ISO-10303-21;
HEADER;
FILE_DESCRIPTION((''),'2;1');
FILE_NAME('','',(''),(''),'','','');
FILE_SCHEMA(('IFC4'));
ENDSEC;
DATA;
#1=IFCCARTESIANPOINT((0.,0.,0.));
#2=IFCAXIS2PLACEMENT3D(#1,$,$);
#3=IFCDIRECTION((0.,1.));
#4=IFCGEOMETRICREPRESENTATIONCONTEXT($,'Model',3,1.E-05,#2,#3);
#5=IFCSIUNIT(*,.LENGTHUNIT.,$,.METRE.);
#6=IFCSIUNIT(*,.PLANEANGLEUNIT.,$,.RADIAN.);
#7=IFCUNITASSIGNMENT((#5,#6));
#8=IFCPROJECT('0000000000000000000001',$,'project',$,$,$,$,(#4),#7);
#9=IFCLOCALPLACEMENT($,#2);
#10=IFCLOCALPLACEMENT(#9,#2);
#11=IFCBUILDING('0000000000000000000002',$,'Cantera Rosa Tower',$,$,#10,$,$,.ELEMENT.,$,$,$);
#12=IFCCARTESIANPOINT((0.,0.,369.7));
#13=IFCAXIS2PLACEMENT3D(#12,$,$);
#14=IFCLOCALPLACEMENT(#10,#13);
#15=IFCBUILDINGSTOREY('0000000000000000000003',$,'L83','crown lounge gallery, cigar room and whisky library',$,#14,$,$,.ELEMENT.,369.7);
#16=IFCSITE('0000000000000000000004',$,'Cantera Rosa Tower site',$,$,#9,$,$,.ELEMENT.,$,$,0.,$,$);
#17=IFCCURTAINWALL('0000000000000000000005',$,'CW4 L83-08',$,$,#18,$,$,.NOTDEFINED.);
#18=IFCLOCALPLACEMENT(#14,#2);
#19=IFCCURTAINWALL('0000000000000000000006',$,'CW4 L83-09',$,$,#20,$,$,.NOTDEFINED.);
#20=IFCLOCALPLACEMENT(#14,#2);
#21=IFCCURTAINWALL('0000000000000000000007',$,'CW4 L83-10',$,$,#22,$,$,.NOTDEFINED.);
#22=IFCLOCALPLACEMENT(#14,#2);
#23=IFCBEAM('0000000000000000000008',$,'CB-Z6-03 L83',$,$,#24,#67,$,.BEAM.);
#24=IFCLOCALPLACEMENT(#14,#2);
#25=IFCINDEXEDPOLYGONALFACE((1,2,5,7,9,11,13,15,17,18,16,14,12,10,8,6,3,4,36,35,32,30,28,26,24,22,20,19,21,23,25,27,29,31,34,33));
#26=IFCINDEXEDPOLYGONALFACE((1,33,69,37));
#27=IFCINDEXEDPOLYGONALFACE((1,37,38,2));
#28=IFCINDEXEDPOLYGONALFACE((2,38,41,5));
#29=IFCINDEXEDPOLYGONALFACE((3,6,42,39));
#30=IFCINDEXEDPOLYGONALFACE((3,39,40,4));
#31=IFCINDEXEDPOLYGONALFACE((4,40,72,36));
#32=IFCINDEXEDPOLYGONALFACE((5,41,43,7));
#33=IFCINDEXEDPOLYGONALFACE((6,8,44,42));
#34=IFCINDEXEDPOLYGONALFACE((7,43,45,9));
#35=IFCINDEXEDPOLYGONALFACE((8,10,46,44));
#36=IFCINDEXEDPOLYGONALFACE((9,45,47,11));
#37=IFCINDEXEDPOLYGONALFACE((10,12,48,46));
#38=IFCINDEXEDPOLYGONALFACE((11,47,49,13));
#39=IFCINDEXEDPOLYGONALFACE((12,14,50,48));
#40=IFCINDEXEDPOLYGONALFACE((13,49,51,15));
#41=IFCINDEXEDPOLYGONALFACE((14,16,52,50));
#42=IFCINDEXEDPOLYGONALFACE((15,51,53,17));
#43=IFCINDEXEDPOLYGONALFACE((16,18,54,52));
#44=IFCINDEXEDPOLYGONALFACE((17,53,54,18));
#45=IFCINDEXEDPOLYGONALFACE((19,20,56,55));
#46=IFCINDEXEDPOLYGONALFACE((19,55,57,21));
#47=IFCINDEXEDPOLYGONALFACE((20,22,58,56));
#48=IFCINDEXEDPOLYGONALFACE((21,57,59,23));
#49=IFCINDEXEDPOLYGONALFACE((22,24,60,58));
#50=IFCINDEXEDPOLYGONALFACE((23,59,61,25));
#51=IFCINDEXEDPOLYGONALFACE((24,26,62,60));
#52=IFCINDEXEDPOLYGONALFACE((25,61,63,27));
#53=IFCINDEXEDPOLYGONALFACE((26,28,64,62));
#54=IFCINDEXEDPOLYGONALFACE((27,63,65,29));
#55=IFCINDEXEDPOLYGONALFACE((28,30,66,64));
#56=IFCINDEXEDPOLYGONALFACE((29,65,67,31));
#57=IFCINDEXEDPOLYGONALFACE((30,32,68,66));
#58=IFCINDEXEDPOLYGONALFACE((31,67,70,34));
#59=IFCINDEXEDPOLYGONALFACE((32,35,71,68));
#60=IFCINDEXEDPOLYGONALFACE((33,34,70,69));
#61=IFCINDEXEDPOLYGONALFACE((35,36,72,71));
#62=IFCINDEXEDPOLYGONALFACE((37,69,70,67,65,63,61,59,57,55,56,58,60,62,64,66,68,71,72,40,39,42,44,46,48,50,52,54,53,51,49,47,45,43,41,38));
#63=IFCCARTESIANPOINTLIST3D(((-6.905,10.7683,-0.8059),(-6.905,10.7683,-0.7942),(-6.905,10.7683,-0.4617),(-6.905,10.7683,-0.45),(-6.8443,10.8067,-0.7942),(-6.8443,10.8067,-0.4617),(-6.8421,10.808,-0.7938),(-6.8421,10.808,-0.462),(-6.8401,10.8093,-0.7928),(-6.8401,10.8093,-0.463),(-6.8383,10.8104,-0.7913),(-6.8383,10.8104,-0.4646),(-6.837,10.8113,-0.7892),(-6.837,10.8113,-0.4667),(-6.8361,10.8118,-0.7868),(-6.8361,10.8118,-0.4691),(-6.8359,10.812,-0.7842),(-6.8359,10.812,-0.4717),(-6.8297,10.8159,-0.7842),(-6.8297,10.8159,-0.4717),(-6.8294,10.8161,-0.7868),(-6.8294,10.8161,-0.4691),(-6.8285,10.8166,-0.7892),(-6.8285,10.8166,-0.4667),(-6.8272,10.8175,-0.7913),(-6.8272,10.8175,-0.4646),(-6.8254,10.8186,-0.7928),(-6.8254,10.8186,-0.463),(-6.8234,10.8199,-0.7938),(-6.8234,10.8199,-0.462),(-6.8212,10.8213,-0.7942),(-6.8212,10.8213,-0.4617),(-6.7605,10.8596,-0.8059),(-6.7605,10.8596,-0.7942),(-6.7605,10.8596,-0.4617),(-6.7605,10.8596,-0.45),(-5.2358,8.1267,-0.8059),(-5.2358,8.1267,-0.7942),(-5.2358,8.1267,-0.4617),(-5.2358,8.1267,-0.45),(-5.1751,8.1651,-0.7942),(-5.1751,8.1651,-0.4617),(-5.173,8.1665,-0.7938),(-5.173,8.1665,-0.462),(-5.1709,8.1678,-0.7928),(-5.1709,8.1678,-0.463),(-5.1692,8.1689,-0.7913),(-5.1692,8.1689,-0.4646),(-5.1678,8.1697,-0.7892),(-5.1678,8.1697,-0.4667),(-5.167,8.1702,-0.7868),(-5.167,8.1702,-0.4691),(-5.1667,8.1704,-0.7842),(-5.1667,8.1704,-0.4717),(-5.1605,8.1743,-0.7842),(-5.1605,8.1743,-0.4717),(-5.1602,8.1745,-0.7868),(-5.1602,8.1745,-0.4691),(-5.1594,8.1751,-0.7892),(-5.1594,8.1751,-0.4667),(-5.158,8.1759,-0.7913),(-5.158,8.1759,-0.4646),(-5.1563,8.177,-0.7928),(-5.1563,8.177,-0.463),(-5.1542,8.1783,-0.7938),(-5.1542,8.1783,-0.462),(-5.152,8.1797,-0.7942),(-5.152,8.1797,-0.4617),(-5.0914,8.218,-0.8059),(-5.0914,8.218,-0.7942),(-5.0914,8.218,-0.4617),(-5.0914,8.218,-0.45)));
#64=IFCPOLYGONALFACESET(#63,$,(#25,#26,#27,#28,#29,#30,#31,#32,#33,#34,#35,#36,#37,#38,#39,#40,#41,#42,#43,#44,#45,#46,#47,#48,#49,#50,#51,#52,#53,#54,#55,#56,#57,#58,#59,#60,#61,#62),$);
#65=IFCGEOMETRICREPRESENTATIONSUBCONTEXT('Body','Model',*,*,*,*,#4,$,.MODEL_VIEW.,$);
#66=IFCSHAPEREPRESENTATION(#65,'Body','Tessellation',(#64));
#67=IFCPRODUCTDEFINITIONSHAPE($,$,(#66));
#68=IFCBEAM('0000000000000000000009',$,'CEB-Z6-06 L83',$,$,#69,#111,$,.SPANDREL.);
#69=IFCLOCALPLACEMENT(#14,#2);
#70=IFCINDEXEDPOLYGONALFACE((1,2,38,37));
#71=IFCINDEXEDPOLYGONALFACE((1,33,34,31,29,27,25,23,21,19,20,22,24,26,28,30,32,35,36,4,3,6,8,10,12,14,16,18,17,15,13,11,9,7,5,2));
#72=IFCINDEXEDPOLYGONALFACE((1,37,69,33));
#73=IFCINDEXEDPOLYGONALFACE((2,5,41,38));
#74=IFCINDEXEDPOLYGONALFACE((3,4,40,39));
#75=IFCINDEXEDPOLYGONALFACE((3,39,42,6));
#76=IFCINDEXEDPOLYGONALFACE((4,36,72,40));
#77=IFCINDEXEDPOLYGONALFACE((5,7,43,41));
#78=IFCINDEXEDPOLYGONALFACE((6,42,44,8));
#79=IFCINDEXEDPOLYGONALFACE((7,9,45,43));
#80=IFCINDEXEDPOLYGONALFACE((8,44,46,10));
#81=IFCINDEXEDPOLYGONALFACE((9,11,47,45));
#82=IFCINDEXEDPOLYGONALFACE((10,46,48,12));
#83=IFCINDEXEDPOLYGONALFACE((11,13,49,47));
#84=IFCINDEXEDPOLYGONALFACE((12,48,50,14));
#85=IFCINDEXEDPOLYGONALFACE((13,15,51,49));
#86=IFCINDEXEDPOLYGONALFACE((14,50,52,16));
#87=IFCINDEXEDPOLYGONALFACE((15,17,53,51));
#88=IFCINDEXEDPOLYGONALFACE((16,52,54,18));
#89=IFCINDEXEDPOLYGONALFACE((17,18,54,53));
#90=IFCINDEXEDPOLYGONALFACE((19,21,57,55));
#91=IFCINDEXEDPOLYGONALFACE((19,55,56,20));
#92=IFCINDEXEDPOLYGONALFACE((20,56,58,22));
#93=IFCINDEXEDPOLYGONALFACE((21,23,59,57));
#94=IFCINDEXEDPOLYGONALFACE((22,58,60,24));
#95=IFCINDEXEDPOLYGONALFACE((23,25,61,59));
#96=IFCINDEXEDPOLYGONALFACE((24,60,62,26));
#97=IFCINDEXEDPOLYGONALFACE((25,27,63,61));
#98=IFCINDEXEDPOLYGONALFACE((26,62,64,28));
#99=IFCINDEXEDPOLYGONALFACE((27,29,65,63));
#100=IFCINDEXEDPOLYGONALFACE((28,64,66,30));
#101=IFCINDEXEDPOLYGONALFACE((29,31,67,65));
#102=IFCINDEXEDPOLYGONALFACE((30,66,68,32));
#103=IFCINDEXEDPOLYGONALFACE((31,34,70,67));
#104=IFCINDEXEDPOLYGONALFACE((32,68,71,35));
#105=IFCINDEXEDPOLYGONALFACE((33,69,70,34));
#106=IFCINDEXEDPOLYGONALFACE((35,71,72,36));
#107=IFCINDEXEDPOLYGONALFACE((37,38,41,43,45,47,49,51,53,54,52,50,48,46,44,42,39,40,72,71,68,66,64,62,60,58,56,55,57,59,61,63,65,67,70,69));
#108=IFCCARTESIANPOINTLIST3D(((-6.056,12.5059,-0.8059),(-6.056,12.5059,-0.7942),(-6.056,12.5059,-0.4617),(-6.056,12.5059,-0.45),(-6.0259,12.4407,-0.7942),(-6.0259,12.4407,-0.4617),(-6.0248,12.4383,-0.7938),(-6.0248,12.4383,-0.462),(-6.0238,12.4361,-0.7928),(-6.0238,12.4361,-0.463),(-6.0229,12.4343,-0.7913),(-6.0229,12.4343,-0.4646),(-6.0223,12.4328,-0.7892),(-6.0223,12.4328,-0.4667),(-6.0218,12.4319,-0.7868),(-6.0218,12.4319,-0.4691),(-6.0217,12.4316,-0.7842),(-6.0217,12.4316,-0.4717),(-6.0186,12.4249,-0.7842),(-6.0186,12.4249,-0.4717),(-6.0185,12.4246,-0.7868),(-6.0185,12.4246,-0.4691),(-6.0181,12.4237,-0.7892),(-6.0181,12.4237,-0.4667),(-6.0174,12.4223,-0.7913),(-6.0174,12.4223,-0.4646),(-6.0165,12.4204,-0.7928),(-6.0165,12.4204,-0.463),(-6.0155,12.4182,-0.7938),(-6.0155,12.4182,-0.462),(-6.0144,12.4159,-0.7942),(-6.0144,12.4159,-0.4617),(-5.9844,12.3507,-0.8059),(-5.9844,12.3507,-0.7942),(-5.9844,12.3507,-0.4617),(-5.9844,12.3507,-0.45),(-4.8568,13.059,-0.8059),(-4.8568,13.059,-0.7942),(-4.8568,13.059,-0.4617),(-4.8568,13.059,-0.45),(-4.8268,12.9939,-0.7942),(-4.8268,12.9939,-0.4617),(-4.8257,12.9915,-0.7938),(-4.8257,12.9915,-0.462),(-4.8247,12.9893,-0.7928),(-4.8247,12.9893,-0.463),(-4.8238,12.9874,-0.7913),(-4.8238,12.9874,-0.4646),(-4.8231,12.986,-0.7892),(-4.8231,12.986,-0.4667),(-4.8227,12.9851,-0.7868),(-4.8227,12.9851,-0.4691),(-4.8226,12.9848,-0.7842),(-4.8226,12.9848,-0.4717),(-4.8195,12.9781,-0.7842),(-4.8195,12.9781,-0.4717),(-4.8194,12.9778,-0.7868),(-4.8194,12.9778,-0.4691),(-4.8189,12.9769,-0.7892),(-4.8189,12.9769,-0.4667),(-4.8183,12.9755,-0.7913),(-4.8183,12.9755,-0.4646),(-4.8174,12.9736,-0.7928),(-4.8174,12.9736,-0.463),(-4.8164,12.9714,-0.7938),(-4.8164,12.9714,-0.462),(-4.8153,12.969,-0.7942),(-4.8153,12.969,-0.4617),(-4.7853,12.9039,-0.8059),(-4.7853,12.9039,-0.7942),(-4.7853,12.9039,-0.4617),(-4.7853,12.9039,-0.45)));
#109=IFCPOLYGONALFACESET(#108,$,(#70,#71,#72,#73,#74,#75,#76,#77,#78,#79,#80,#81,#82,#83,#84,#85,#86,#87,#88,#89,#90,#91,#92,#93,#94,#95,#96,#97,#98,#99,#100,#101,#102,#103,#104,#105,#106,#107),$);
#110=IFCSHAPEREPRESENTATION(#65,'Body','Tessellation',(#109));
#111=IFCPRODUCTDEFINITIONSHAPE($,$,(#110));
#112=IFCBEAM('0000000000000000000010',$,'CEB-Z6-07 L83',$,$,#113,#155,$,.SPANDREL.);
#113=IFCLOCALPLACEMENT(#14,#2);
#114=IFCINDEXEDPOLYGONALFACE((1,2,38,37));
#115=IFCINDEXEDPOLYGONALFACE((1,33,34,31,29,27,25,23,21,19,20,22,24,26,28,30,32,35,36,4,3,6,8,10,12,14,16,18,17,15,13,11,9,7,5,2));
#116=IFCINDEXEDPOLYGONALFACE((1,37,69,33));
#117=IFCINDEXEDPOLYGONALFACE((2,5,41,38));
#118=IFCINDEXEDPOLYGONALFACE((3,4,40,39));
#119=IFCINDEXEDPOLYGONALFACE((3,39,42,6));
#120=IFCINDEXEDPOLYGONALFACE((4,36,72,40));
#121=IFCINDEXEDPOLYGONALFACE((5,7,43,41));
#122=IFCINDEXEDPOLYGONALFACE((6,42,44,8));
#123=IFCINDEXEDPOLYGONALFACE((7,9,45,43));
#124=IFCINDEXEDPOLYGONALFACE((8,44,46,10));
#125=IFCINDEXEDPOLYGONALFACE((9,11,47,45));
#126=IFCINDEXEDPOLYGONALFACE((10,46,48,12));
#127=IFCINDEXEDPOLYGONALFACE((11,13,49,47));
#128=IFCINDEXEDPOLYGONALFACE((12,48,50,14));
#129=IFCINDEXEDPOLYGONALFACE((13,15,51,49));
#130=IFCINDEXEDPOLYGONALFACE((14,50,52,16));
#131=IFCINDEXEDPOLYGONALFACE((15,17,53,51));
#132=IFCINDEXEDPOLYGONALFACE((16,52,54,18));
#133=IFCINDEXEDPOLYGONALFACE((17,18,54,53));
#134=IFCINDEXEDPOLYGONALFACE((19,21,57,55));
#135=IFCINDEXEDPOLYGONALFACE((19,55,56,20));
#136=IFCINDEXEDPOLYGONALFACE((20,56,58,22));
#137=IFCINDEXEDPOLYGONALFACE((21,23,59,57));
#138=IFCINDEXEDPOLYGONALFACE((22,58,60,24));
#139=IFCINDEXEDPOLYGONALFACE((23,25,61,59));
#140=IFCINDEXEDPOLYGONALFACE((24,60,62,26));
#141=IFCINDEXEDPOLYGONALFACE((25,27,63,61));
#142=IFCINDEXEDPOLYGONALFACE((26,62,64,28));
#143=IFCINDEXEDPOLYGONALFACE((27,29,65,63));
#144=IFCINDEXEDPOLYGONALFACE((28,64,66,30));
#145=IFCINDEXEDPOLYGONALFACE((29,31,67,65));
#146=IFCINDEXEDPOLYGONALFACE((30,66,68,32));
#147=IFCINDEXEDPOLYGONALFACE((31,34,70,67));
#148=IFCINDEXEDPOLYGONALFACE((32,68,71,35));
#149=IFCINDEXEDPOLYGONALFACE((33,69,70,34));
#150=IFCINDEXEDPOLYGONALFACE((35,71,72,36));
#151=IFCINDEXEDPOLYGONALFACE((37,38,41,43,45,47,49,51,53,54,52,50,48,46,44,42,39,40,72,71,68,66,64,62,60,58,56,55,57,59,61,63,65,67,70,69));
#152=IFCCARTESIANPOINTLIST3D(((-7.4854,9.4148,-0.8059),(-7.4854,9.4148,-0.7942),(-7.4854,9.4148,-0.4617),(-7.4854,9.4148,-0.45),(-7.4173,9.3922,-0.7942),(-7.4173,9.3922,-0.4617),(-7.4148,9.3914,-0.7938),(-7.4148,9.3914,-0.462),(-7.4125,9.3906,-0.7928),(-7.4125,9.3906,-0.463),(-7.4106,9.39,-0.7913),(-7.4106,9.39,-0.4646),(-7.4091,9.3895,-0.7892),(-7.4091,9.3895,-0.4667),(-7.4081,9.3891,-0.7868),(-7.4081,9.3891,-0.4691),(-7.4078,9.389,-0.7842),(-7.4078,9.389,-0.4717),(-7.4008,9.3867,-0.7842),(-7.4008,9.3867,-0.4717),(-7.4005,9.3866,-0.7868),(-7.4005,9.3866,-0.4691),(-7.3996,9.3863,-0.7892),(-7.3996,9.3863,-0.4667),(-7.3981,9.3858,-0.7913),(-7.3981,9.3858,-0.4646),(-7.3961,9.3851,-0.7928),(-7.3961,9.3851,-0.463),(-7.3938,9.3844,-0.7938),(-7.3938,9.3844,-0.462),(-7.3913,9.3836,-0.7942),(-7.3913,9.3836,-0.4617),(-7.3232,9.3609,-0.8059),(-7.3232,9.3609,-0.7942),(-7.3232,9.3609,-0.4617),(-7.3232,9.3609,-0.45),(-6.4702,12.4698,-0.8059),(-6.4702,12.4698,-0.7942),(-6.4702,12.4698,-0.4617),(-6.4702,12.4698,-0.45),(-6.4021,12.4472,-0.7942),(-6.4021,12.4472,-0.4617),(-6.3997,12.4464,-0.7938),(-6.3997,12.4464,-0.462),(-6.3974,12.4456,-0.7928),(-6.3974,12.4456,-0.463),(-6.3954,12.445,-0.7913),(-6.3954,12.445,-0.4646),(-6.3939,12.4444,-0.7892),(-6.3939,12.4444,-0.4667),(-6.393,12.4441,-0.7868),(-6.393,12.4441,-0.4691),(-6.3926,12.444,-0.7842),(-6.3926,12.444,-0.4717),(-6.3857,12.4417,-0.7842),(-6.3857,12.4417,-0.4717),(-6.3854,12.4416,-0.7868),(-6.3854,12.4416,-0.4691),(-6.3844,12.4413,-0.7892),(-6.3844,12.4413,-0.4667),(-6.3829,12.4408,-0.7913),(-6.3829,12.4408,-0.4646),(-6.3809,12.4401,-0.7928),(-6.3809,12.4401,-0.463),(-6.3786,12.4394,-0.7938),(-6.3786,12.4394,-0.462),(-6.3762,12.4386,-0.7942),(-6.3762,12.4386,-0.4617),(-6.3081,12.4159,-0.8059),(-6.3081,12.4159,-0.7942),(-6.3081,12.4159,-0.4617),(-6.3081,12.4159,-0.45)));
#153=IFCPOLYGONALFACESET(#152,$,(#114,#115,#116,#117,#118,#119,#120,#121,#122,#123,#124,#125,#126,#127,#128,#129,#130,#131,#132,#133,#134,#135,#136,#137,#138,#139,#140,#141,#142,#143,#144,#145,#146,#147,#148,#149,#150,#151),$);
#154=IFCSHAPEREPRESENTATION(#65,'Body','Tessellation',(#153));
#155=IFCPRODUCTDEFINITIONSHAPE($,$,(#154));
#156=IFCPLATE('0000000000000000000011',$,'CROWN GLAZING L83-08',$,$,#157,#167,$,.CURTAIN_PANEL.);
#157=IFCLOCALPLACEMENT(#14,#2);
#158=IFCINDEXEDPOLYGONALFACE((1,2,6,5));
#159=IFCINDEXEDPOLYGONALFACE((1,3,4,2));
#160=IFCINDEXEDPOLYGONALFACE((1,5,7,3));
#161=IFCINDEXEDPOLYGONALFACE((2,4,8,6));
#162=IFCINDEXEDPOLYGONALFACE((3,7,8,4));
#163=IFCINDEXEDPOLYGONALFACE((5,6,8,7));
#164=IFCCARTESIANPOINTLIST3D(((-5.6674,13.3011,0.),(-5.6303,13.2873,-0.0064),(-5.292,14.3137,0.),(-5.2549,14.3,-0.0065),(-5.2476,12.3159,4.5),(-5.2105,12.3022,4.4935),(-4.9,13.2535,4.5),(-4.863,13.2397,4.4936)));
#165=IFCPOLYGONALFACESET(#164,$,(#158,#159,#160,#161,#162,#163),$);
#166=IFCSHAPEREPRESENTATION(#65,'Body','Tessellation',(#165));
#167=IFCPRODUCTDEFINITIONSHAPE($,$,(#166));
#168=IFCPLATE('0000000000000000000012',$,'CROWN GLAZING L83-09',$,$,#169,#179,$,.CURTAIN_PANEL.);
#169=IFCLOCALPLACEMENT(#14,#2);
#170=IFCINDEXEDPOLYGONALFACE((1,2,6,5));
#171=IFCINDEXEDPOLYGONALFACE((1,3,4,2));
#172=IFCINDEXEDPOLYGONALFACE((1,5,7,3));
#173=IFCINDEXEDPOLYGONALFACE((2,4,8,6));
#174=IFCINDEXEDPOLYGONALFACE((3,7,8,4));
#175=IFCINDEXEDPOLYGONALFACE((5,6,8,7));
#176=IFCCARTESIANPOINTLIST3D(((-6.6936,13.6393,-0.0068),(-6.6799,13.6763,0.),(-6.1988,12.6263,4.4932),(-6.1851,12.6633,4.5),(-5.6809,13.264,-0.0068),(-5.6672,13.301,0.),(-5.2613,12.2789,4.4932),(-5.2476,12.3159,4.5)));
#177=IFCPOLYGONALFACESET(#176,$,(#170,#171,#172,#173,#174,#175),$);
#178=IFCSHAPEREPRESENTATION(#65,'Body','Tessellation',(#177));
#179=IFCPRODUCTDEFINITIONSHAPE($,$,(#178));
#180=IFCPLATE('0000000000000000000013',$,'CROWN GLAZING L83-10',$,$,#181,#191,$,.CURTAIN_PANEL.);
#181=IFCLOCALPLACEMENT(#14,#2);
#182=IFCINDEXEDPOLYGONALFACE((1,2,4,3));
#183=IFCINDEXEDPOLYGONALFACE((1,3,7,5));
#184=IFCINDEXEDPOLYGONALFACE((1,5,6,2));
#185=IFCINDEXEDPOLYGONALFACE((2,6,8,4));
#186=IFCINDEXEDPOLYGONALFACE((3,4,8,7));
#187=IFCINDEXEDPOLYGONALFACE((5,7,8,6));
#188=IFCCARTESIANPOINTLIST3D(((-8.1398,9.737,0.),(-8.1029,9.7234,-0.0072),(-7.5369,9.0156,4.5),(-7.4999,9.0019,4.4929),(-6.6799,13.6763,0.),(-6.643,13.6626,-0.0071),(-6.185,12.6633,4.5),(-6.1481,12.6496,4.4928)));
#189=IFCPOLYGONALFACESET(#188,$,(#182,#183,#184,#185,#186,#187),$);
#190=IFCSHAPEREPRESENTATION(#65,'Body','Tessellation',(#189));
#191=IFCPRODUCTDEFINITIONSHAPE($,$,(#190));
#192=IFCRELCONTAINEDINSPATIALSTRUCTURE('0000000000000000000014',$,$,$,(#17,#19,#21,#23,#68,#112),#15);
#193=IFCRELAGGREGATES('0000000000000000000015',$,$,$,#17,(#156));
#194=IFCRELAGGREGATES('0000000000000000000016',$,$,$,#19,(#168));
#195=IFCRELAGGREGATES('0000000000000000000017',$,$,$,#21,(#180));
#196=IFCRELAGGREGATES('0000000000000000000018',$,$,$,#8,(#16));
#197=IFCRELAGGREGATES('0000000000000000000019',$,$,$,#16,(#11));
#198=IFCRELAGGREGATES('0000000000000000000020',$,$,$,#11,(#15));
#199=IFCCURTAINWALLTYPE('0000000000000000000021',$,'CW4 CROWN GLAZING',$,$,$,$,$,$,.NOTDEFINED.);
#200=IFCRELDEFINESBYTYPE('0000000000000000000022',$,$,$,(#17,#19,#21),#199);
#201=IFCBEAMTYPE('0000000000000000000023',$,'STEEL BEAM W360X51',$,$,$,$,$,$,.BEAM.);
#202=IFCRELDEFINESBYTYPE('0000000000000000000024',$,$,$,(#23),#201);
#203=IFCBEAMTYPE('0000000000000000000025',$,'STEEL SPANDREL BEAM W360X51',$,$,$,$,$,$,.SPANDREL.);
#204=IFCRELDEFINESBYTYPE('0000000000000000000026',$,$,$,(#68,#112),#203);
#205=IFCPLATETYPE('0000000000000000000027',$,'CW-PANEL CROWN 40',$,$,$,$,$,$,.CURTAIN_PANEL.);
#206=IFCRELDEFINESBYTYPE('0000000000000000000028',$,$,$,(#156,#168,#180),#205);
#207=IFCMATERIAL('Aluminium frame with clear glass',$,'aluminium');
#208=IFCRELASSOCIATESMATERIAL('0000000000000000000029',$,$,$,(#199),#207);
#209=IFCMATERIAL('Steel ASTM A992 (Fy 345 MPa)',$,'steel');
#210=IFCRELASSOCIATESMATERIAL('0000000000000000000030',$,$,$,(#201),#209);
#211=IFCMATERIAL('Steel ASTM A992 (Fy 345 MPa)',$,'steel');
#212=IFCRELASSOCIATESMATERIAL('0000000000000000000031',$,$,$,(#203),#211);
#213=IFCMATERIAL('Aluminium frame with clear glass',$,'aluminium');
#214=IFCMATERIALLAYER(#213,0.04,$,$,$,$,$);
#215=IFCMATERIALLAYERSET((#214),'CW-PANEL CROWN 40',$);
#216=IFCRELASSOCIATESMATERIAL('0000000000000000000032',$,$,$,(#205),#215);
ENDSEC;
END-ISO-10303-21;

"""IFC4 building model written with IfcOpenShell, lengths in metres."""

from ifc_helpers import new_model, si_unit, direction, frame, origin, origin_2d, place, context, subcontext, project, spatial, polyline, i_section, outline, extrude, material, layer, layer_set, material_profile, profile_set, type_object, element, aggregate, save


model = new_model("IFC4")

# Units and contexts
model_context = context("Model", 3, precision=1e-05, world=origin(), true_north=direction((0.0, 1.0)))
body_context = subcontext(model_context, "Body", "Model", "MODEL_VIEW")
ifc_project = project(units=[si_unit("LENGTHUNIT", "METRE"), si_unit("PLANEANGLEUNIT", "RADIAN")], contexts=[model_context])

# Site, building, storey
site_placement = place(None, origin())
site = spatial("IfcSite", under=ifc_project, at=site_placement, Name="Cantera Rosa Tower site", CompositionType="ELEMENT", RefElevation=0.0)
building_placement = place(site_placement, origin())
building = spatial("IfcBuilding", under=site, at=building_placement, Name="Cantera Rosa Tower", CompositionType="ELEMENT")
storey_placement = place(building_placement, frame((0.0, 0.0, 369.7)))
storey = spatial("IfcBuildingStorey", under=building, at=storey_placement, Name="L83", Description="crown lounge gallery, cigar room and whisky library", CompositionType="ELEMENT", Elevation=369.7)

# Curtain walls
ifc_material_1 = material(Name="Aluminium frame with clear glass", Category="aluminium")
curtain_wall_type = type_object("IfcCurtainWallType", Name="CW4 CROWN GLAZING", PredefinedType="NOTDEFINED", material=ifc_material_1)
curtain_wall_1_placement = place(storey_placement, origin())
curtain_wall_1 = element("IfcCurtainWall", 1, at=curtain_wall_1_placement, inside=storey, type_object=curtain_wall_type, Name="CW4 L83-08", PredefinedType="NOTDEFINED")
curtain_wall_2_placement = place(storey_placement, origin())
curtain_wall_2 = element("IfcCurtainWall", 2, at=curtain_wall_2_placement, inside=storey, type_object=curtain_wall_type, Name="CW4 L83-09", PredefinedType="NOTDEFINED")
curtain_wall_3_placement = place(storey_placement, origin())
curtain_wall_3 = element("IfcCurtainWall", 3, at=curtain_wall_3_placement, inside=storey, type_object=curtain_wall_type, Name="CW4 L83-10", PredefinedType="NOTDEFINED")

# Beams
ifc_material_2 = material(Name="Steel ASTM A992 (Fy 345 MPa)", Category="steel")
ifc_material_profile_1 = material_profile(ifc_material_2, i_section(OverallWidth=0.1709, OverallDepth=0.356, WebThickness=0.0073, FlangeThickness=0.0117, FilletRadius=0.01, at=origin_2d()), Name="W360X51")
ifc_profile_set_1 = profile_set([ifc_material_profile_1], Name="Steel ASTM A992 (Fy 345 MPa)")
beam_type_1 = type_object("IfcBeamType", Name="STEEL BEAM W360X51", PredefinedType="BEAM", material=ifc_profile_set_1)
beam_1_placement = place(storey_placement, frame((-6.8328, 10.814, -0.6279), z_axis=(0.534178, -0.845372, 0.0), x_axis=(0.845372, 0.534178, 0.0)))
element("IfcBeam", 4, at=beam_1_placement, inside=storey, type_object=beam_type_1, Name="CB-Z6-03 L83", PredefinedType="BEAM", context=body_context, shape_type="SweptSolid", body=[
    extrude(i_section(OverallWidth=0.1709, OverallDepth=0.356, WebThickness=0.0073, FlangeThickness=0.0117, FilletRadius=0.01, at=origin_2d()), origin(), (0.0, 0.0, 1.0), 3.1248),
])
ifc_material_3 = material(Name="Steel ASTM A992 (Fy 345 MPa)", Category="steel")
ifc_material_profile_2 = material_profile(ifc_material_3, i_section(OverallWidth=0.1709, OverallDepth=0.356, WebThickness=0.0073, FlangeThickness=0.0117, FilletRadius=0.01, at=origin_2d()), Name="W360X51")
ifc_profile_set_2 = profile_set([ifc_material_profile_2], Name="Steel ASTM A992 (Fy 345 MPa)")
beam_type_2 = type_object("IfcBeamType", Name="STEEL SPANDREL BEAM W360X51", PredefinedType="SPANDREL", material=ifc_profile_set_2)
beam_2_placement = place(storey_placement, frame((-4.821, 12.9814, -0.6279), z_axis=(-0.908035, -0.418894, 0.0), x_axis=(0.418894, -0.908035, 0.0)))
element("IfcBeam", 5, at=beam_2_placement, inside=storey, type_object=beam_type_2, Name="CEB-Z6-06 L83", PredefinedType="SPANDREL", context=body_context, shape_type="SweptSolid", body=[
    extrude(i_section(OverallWidth=0.1709, OverallDepth=0.356, WebThickness=0.0073, FlangeThickness=0.0117, FilletRadius=0.01, at=origin_2d()), origin(), (0.0, 0.0, 1.0), 1.3206),
])
beam_3_placement = place(storey_placement, frame((-6.3892, 12.4429, -0.6279), z_axis=(-0.31534, -0.948979, 0.0), x_axis=(0.948979, -0.31534, 0.0)))
element("IfcBeam", 6, at=beam_3_placement, inside=storey, type_object=beam_type_2, Name="CEB-Z6-07 L83", PredefinedType="SPANDREL", context=body_context, shape_type="SweptSolid", body=[
    extrude(i_section(OverallWidth=0.1709, OverallDepth=0.356, WebThickness=0.0073, FlangeThickness=0.0117, FilletRadius=0.01, at=origin_2d()), origin(), (0.0, 0.0, 1.0), 3.2192),
])

# Plates
ifc_material_4 = material(Name="Aluminium frame with clear glass", Category="aluminium")
ifc_layer_1 = layer(ifc_material_4, 0.04)
ifc_layer_set_1 = layer_set([ifc_layer_1], Name="CW-PANEL CROWN 40")
plate_type = type_object("IfcPlateType", Name="CW-PANEL CROWN 40", PredefinedType="CURTAIN_PANEL", material=ifc_layer_set_1)
plate_1_placement = place(storey_placement, frame((-5.292, 14.3137, 0.0), z_axis=(-0.925357, 0.343012, 0.16142), x_axis=(-0.347567, -0.937655, 0.00002)))
plate_1 = element("IfcPlate", 7, at=plate_1_placement, type_object=plate_type, Name="CROWN GLAZING L83-08", PredefinedType="CURTAIN_PANEL", context=body_context, shape_type="SweptSolid", body=[
    extrude(outline(polyline([(0.0, 0.0), (1.08, 0.0), (1.8579, 4.5598), (0.858, 4.5598), (0.0, 0.0)])), origin(), (0.0, 0.0, -1.0), 0.04),
])
plate_2_placement = place(storey_placement, frame((-5.6672, 13.301, 0.0), z_axis=(0.342389, 0.923988, 0.170338), x_axis=(-0.937692, 0.347467, 0.000002)))
plate_2 = element("IfcPlate", 8, at=plate_2_placement, type_object=plate_type, Name="CROWN GLAZING L83-09", PredefinedType="CURTAIN_PANEL", context=body_context, shape_type="SweptSolid", body=[
    extrude(outline(polyline([(0.0, 0.0), (1.08, 0.0), (0.264, 4.5667), (-0.7358, 4.5667), (0.0, 0.0)])), origin(), (0.0, 0.0, -1.0), 0.04),
])
plate_3_placement = place(storey_placement, frame((-6.6799, 13.6763, 0.0), z_axis=(-0.922627, 0.341932, 0.178443), x_axis=(-0.34751, -0.937676, -0.000002)))
plate_3 = element("IfcPlate", 9, at=plate_3_placement, type_object=plate_type, Name="CROWN GLAZING L83-10", PredefinedType="CURTAIN_PANEL", context=body_context, shape_type="SweptSolid", body=[
    extrude(outline(polyline([(0.0, 0.0), (4.2011, 0.0), (4.668, 4.5734), (0.7778, 4.5734), (0.0, 0.0)])), origin(), (0.0, 0.0, -1.0), 0.04),
])

aggregate(curtain_wall_1, [plate_1])
aggregate(curtain_wall_2, [plate_2])
aggregate(curtain_wall_3, [plate_3])

save(model, "model.ifc")
